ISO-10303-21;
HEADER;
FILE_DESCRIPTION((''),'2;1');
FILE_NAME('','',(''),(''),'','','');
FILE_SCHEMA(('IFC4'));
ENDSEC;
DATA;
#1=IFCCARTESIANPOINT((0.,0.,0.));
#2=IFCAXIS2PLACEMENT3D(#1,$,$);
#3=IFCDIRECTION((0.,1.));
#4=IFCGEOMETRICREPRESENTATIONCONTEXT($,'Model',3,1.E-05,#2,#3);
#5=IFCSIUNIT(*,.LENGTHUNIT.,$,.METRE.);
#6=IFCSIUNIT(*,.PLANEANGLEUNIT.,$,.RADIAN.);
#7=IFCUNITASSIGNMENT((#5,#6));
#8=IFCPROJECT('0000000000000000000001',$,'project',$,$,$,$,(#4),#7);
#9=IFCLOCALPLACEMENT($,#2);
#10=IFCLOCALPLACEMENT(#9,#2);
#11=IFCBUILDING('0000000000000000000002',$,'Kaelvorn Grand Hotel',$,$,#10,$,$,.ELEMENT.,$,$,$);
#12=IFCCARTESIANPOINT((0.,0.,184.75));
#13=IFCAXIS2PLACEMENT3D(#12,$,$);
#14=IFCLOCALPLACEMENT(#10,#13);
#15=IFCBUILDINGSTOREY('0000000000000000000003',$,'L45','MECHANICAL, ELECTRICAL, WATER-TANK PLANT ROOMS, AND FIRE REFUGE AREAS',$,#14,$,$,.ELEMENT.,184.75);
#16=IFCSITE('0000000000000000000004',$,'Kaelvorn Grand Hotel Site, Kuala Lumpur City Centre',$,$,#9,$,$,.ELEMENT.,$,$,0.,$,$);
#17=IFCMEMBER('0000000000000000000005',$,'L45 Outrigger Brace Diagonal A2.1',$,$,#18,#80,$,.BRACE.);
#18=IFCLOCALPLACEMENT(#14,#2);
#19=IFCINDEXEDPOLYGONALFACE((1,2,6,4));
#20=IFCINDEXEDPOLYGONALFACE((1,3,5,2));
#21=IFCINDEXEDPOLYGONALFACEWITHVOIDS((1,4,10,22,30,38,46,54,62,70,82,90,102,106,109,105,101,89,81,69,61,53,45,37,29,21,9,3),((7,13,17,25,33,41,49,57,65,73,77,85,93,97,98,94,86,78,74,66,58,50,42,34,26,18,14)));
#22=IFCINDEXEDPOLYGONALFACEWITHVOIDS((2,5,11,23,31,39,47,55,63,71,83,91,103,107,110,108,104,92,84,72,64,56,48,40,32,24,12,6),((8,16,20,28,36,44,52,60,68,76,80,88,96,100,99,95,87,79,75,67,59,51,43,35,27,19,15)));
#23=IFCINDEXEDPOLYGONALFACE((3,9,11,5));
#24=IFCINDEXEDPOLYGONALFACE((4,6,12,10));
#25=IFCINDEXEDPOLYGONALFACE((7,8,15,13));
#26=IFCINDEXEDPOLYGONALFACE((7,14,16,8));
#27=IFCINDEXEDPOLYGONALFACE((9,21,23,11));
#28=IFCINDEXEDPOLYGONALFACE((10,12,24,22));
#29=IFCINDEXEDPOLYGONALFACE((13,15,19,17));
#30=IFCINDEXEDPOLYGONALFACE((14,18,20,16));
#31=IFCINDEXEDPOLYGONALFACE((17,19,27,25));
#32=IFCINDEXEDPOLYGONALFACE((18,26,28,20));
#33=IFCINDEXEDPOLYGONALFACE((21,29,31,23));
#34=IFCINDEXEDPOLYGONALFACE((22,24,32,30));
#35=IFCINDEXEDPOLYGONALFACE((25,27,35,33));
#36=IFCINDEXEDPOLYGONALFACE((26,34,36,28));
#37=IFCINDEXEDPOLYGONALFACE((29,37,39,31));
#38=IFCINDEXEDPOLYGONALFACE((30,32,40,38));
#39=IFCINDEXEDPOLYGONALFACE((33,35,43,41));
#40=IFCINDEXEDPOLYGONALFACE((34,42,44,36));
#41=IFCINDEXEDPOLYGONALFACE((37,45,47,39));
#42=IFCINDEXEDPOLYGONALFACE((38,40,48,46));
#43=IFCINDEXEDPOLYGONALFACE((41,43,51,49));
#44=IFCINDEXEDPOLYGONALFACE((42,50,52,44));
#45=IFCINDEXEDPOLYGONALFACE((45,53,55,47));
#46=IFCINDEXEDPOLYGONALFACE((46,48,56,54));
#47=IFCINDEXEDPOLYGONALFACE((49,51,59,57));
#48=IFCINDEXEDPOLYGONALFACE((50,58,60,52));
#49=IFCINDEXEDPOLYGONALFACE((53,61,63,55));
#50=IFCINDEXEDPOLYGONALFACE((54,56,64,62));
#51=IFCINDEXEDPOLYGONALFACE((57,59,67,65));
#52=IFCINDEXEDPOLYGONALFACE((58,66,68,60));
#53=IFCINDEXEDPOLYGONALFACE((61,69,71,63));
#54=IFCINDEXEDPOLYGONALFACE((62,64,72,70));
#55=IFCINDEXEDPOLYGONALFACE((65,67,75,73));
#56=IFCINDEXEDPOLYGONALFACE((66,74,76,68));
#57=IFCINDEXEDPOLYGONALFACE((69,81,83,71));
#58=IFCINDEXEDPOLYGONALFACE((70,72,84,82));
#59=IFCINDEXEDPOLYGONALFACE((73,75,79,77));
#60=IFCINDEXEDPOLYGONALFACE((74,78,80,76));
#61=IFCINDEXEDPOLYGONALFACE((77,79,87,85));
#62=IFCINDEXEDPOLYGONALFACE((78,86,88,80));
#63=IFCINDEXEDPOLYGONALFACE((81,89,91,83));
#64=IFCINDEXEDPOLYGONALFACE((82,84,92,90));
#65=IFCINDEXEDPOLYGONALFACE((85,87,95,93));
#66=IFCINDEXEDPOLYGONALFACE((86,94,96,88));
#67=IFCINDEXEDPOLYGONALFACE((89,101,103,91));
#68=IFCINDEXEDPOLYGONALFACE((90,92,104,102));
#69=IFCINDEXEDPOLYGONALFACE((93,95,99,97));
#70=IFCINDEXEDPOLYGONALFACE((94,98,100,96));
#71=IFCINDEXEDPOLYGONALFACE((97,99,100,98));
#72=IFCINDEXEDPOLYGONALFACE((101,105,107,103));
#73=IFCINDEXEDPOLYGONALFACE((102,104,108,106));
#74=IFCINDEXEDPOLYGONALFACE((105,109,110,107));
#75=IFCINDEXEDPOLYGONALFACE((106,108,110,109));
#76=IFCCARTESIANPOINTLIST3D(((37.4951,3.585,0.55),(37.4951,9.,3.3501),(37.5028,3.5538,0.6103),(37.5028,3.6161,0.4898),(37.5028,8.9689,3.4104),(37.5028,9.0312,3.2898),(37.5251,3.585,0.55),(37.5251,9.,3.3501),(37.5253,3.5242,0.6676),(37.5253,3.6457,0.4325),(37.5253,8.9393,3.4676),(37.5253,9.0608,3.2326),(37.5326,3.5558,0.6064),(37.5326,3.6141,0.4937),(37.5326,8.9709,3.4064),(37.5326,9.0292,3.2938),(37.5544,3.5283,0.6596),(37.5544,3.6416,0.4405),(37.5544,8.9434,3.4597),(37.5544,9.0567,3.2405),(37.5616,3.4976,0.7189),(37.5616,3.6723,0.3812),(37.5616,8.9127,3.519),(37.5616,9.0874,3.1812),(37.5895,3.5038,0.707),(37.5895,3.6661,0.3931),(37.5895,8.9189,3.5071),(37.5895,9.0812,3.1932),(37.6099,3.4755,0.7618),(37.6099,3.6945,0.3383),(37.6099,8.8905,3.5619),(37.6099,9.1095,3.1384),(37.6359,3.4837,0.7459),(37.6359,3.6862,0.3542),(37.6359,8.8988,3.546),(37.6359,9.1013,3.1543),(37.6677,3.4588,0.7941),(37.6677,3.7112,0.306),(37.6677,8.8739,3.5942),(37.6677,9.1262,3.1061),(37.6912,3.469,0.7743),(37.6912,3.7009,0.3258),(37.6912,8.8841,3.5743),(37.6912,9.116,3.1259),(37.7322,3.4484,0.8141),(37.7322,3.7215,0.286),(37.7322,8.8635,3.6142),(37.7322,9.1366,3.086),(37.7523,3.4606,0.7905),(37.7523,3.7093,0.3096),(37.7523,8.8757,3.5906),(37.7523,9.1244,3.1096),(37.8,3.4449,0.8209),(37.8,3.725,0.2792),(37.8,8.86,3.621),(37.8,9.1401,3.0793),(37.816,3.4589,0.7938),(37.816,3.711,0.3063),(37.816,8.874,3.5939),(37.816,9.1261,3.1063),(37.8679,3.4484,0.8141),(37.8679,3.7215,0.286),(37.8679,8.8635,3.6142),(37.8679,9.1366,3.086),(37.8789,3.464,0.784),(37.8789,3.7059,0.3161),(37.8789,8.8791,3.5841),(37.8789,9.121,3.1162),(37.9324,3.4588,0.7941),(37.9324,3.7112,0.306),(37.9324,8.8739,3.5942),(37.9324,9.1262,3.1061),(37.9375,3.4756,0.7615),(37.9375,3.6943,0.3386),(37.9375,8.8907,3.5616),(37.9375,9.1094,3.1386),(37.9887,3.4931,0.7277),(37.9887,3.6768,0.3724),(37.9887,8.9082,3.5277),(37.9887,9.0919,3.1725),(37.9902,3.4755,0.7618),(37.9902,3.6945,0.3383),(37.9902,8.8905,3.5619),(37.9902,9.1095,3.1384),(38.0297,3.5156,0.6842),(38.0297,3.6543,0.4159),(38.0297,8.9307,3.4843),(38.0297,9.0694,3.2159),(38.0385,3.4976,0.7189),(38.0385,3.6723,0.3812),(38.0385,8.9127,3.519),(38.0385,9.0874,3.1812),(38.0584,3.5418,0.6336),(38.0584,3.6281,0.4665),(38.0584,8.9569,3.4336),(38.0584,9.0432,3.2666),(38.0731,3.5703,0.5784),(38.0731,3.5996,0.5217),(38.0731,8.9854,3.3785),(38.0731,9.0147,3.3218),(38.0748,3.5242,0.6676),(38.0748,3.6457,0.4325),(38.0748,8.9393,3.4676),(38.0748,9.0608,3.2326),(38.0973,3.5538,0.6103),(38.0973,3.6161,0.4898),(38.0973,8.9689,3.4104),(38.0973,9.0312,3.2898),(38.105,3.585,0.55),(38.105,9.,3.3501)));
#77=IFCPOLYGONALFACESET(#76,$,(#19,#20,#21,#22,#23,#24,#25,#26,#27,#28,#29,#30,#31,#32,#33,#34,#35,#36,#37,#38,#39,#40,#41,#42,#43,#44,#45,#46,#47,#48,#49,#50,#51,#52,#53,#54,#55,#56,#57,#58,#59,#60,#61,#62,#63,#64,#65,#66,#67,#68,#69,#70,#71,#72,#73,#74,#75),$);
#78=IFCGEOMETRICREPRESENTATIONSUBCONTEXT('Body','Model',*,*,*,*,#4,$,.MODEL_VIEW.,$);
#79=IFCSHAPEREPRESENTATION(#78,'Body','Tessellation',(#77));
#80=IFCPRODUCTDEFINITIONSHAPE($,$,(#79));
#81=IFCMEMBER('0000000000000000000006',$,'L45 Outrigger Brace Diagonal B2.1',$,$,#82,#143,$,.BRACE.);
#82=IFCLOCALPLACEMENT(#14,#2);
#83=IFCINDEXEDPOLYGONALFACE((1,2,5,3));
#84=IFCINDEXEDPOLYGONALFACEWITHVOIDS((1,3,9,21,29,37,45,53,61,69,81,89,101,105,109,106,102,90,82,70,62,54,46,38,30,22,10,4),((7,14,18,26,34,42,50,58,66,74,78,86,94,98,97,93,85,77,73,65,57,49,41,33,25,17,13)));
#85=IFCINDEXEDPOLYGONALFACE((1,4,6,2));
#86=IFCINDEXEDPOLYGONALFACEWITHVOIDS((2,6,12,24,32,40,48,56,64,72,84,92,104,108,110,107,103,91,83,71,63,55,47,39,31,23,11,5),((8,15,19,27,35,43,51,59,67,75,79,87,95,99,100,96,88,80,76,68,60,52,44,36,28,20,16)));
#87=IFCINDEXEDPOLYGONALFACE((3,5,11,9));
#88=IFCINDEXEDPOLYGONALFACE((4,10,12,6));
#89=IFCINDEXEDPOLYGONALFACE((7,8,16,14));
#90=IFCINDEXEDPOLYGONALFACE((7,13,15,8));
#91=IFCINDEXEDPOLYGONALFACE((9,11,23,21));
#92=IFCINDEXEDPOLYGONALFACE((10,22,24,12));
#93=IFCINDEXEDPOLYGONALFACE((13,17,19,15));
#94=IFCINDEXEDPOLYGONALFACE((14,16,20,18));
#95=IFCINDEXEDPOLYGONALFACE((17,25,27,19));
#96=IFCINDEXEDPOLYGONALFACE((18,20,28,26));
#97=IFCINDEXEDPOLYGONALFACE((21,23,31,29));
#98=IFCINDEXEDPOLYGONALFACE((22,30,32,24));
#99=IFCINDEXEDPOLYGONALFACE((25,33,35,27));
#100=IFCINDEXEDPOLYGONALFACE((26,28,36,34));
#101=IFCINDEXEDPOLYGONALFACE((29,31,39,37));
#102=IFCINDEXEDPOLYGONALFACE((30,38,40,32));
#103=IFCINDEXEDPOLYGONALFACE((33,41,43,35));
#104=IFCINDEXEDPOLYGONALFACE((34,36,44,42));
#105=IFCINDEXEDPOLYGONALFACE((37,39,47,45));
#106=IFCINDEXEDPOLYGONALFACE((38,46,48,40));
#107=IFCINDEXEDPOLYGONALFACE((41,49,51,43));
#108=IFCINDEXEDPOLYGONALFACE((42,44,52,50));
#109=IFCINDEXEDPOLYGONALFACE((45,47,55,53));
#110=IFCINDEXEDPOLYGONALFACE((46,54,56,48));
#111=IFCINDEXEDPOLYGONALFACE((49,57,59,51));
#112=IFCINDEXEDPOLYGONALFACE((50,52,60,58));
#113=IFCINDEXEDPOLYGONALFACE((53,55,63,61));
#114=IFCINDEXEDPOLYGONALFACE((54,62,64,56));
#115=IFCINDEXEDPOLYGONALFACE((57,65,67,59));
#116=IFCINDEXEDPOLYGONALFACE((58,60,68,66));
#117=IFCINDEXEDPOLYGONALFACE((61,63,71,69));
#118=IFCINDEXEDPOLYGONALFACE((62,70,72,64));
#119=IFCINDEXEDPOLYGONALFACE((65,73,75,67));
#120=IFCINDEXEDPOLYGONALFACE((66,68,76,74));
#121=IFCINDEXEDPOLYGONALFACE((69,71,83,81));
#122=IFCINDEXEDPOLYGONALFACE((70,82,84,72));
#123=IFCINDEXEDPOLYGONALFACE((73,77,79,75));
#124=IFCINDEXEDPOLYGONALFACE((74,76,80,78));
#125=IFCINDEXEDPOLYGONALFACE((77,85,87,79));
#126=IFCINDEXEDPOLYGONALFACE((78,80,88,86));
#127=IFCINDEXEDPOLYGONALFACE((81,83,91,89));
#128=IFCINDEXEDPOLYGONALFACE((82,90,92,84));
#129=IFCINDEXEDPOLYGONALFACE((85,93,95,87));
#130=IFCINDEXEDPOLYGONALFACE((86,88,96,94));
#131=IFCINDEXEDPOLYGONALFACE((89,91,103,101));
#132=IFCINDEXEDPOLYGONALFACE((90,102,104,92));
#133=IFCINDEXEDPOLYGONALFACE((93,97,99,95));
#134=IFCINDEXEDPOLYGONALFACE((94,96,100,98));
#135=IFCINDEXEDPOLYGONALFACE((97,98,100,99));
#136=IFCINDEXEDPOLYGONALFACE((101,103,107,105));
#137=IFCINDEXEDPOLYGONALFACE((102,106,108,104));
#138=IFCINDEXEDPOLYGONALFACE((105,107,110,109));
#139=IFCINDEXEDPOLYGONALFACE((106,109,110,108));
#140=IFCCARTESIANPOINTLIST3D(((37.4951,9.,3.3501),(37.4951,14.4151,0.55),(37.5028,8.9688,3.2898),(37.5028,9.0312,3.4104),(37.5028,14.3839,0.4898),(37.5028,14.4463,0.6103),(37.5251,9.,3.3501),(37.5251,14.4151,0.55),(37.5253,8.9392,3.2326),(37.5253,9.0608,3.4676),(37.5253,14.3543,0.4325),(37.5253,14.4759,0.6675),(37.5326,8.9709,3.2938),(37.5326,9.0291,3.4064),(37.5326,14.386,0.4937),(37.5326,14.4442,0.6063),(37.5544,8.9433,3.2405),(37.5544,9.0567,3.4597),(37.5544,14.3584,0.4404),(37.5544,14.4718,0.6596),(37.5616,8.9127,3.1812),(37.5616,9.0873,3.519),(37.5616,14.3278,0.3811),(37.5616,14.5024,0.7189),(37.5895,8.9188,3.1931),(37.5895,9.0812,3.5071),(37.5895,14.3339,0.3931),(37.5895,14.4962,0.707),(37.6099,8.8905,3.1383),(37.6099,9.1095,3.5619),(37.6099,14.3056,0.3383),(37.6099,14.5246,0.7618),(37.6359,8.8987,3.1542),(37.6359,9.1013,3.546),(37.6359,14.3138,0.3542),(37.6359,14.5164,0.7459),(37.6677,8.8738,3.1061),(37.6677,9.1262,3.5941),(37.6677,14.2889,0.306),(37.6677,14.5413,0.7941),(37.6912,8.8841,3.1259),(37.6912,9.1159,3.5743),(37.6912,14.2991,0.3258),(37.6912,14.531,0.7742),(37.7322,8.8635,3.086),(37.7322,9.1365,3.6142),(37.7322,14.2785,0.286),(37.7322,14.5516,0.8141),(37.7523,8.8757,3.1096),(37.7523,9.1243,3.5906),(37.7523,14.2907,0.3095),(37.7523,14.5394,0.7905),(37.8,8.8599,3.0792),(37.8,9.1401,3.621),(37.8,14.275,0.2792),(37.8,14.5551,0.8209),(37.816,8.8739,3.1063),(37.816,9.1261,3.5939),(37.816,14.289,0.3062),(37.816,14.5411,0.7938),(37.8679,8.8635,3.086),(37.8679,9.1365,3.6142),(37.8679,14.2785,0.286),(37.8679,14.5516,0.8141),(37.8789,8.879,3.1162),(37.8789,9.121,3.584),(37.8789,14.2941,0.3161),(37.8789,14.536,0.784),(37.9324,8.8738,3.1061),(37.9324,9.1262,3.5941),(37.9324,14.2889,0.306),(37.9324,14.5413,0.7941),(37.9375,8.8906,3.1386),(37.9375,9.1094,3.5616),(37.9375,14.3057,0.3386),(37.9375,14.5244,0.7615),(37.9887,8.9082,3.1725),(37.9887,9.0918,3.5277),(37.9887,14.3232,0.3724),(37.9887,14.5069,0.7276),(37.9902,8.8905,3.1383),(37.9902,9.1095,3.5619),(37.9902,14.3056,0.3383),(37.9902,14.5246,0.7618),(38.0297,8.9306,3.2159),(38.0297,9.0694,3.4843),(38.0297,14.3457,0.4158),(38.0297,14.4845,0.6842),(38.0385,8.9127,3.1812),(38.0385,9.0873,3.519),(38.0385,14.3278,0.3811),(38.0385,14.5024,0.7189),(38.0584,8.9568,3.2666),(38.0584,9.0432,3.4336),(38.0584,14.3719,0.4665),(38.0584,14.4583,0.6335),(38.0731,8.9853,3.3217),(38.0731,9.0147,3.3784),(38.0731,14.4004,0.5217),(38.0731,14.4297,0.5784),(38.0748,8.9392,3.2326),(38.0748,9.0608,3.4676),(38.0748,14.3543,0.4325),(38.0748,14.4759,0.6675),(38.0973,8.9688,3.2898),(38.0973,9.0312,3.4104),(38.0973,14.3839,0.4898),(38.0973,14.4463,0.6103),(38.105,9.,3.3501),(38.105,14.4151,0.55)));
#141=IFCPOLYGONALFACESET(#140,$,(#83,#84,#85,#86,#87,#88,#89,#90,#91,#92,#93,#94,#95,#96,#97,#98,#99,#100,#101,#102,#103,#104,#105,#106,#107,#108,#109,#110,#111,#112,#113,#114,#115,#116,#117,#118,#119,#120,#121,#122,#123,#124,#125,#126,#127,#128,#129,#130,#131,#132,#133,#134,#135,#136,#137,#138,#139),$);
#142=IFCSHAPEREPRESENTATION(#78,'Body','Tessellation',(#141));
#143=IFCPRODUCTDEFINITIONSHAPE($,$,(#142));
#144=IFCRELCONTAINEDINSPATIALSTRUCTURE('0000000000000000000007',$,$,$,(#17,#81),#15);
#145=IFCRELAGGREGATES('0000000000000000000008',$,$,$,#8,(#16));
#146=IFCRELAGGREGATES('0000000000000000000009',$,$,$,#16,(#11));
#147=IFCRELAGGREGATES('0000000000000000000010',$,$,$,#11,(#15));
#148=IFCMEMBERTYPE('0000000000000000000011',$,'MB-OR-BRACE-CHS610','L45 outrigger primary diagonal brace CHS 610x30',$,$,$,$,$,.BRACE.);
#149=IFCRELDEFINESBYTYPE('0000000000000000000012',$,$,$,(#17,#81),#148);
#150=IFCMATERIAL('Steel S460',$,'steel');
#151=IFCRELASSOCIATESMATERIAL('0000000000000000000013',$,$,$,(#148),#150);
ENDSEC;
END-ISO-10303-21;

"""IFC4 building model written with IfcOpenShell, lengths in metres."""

from ifc_helpers import new_model, si_unit, direction, frame, origin, origin_2d, place, context, subcontext, project, spatial, hollow_circle, extrude, material, material_profile, profile_set, type_object, element, save


model = new_model("IFC4")

# Units and contexts
model_context = context("Model", 3, precision=1e-05, world=origin(), true_north=direction((0.0, 1.0)))
body_context = subcontext(model_context, "Body", "Model", "MODEL_VIEW")
ifc_project = project(units=[si_unit("LENGTHUNIT", "METRE"), si_unit("PLANEANGLEUNIT", "RADIAN")], contexts=[model_context])

# Site, building, storey
site_placement = place(None, origin())
site = spatial("IfcSite", under=ifc_project, at=site_placement, Name="Kaelvorn Grand Hotel Site, Kuala Lumpur City Centre", CompositionType="ELEMENT", RefElevation=0.0)
building_placement = place(site_placement, origin())
building = spatial("IfcBuilding", under=site, at=building_placement, Name="Kaelvorn Grand Hotel", CompositionType="ELEMENT")
storey_placement = place(building_placement, frame((0.0, 0.0, 184.75)))
storey = spatial("IfcBuildingStorey", under=building, at=storey_placement, Name="L45", Description="MECHANICAL, ELECTRICAL, WATER-TANK PLANT ROOMS, AND FIRE REFUGE AREAS", CompositionType="ELEMENT", Elevation=184.75)

# Shared definitions
ifc_material_1 = material(Name="Steel S460", Category="steel")

# Members
ifc_material_profile_1 = material_profile(ifc_material_1, hollow_circle(Radius=0.3049, WallThickness=0.03, at=origin_2d()), Name="CHS 610.0x30.0")
ifc_profile_set_1 = profile_set([ifc_material_profile_1], Name="Steel S460")
member_type_1 = type_object("IfcMemberType", Name="MB-OR-BRACE-CHS610", Description="L45 outrigger primary diagonal brace CHS 610x30", PredefinedType="BRACE", material=ifc_profile_set_1)
for number, where, z_axis, x_axis, name in (
    (1, (37.8, 3.585, 0.55), (0.0, 0.888273, 0.459315), (-1.0, 0.0, 0.0), "L45 Outrigger Brace Diagonal A2.1"),
    (2, (37.8, 9.0, 3.3501), (0.0, 0.888273, -0.459315), (-1.0, 0.0, 0.0), "L45 Outrigger Brace Diagonal B2.1"),
):
    element("IfcMember", number, at=place(storey_placement, frame(where, z_axis=z_axis, x_axis=x_axis)), inside=storey, type_object=member_type_1, Name=name, PredefinedType="BRACE", context=body_context, shape_type="SweptSolid", body=[
        extrude(hollow_circle(Radius=0.3049, WallThickness=0.03, at=origin_2d()), origin(), (0.0, 0.0, 1.0), 6.0962),
    ])

save(model, "model.ifc")
